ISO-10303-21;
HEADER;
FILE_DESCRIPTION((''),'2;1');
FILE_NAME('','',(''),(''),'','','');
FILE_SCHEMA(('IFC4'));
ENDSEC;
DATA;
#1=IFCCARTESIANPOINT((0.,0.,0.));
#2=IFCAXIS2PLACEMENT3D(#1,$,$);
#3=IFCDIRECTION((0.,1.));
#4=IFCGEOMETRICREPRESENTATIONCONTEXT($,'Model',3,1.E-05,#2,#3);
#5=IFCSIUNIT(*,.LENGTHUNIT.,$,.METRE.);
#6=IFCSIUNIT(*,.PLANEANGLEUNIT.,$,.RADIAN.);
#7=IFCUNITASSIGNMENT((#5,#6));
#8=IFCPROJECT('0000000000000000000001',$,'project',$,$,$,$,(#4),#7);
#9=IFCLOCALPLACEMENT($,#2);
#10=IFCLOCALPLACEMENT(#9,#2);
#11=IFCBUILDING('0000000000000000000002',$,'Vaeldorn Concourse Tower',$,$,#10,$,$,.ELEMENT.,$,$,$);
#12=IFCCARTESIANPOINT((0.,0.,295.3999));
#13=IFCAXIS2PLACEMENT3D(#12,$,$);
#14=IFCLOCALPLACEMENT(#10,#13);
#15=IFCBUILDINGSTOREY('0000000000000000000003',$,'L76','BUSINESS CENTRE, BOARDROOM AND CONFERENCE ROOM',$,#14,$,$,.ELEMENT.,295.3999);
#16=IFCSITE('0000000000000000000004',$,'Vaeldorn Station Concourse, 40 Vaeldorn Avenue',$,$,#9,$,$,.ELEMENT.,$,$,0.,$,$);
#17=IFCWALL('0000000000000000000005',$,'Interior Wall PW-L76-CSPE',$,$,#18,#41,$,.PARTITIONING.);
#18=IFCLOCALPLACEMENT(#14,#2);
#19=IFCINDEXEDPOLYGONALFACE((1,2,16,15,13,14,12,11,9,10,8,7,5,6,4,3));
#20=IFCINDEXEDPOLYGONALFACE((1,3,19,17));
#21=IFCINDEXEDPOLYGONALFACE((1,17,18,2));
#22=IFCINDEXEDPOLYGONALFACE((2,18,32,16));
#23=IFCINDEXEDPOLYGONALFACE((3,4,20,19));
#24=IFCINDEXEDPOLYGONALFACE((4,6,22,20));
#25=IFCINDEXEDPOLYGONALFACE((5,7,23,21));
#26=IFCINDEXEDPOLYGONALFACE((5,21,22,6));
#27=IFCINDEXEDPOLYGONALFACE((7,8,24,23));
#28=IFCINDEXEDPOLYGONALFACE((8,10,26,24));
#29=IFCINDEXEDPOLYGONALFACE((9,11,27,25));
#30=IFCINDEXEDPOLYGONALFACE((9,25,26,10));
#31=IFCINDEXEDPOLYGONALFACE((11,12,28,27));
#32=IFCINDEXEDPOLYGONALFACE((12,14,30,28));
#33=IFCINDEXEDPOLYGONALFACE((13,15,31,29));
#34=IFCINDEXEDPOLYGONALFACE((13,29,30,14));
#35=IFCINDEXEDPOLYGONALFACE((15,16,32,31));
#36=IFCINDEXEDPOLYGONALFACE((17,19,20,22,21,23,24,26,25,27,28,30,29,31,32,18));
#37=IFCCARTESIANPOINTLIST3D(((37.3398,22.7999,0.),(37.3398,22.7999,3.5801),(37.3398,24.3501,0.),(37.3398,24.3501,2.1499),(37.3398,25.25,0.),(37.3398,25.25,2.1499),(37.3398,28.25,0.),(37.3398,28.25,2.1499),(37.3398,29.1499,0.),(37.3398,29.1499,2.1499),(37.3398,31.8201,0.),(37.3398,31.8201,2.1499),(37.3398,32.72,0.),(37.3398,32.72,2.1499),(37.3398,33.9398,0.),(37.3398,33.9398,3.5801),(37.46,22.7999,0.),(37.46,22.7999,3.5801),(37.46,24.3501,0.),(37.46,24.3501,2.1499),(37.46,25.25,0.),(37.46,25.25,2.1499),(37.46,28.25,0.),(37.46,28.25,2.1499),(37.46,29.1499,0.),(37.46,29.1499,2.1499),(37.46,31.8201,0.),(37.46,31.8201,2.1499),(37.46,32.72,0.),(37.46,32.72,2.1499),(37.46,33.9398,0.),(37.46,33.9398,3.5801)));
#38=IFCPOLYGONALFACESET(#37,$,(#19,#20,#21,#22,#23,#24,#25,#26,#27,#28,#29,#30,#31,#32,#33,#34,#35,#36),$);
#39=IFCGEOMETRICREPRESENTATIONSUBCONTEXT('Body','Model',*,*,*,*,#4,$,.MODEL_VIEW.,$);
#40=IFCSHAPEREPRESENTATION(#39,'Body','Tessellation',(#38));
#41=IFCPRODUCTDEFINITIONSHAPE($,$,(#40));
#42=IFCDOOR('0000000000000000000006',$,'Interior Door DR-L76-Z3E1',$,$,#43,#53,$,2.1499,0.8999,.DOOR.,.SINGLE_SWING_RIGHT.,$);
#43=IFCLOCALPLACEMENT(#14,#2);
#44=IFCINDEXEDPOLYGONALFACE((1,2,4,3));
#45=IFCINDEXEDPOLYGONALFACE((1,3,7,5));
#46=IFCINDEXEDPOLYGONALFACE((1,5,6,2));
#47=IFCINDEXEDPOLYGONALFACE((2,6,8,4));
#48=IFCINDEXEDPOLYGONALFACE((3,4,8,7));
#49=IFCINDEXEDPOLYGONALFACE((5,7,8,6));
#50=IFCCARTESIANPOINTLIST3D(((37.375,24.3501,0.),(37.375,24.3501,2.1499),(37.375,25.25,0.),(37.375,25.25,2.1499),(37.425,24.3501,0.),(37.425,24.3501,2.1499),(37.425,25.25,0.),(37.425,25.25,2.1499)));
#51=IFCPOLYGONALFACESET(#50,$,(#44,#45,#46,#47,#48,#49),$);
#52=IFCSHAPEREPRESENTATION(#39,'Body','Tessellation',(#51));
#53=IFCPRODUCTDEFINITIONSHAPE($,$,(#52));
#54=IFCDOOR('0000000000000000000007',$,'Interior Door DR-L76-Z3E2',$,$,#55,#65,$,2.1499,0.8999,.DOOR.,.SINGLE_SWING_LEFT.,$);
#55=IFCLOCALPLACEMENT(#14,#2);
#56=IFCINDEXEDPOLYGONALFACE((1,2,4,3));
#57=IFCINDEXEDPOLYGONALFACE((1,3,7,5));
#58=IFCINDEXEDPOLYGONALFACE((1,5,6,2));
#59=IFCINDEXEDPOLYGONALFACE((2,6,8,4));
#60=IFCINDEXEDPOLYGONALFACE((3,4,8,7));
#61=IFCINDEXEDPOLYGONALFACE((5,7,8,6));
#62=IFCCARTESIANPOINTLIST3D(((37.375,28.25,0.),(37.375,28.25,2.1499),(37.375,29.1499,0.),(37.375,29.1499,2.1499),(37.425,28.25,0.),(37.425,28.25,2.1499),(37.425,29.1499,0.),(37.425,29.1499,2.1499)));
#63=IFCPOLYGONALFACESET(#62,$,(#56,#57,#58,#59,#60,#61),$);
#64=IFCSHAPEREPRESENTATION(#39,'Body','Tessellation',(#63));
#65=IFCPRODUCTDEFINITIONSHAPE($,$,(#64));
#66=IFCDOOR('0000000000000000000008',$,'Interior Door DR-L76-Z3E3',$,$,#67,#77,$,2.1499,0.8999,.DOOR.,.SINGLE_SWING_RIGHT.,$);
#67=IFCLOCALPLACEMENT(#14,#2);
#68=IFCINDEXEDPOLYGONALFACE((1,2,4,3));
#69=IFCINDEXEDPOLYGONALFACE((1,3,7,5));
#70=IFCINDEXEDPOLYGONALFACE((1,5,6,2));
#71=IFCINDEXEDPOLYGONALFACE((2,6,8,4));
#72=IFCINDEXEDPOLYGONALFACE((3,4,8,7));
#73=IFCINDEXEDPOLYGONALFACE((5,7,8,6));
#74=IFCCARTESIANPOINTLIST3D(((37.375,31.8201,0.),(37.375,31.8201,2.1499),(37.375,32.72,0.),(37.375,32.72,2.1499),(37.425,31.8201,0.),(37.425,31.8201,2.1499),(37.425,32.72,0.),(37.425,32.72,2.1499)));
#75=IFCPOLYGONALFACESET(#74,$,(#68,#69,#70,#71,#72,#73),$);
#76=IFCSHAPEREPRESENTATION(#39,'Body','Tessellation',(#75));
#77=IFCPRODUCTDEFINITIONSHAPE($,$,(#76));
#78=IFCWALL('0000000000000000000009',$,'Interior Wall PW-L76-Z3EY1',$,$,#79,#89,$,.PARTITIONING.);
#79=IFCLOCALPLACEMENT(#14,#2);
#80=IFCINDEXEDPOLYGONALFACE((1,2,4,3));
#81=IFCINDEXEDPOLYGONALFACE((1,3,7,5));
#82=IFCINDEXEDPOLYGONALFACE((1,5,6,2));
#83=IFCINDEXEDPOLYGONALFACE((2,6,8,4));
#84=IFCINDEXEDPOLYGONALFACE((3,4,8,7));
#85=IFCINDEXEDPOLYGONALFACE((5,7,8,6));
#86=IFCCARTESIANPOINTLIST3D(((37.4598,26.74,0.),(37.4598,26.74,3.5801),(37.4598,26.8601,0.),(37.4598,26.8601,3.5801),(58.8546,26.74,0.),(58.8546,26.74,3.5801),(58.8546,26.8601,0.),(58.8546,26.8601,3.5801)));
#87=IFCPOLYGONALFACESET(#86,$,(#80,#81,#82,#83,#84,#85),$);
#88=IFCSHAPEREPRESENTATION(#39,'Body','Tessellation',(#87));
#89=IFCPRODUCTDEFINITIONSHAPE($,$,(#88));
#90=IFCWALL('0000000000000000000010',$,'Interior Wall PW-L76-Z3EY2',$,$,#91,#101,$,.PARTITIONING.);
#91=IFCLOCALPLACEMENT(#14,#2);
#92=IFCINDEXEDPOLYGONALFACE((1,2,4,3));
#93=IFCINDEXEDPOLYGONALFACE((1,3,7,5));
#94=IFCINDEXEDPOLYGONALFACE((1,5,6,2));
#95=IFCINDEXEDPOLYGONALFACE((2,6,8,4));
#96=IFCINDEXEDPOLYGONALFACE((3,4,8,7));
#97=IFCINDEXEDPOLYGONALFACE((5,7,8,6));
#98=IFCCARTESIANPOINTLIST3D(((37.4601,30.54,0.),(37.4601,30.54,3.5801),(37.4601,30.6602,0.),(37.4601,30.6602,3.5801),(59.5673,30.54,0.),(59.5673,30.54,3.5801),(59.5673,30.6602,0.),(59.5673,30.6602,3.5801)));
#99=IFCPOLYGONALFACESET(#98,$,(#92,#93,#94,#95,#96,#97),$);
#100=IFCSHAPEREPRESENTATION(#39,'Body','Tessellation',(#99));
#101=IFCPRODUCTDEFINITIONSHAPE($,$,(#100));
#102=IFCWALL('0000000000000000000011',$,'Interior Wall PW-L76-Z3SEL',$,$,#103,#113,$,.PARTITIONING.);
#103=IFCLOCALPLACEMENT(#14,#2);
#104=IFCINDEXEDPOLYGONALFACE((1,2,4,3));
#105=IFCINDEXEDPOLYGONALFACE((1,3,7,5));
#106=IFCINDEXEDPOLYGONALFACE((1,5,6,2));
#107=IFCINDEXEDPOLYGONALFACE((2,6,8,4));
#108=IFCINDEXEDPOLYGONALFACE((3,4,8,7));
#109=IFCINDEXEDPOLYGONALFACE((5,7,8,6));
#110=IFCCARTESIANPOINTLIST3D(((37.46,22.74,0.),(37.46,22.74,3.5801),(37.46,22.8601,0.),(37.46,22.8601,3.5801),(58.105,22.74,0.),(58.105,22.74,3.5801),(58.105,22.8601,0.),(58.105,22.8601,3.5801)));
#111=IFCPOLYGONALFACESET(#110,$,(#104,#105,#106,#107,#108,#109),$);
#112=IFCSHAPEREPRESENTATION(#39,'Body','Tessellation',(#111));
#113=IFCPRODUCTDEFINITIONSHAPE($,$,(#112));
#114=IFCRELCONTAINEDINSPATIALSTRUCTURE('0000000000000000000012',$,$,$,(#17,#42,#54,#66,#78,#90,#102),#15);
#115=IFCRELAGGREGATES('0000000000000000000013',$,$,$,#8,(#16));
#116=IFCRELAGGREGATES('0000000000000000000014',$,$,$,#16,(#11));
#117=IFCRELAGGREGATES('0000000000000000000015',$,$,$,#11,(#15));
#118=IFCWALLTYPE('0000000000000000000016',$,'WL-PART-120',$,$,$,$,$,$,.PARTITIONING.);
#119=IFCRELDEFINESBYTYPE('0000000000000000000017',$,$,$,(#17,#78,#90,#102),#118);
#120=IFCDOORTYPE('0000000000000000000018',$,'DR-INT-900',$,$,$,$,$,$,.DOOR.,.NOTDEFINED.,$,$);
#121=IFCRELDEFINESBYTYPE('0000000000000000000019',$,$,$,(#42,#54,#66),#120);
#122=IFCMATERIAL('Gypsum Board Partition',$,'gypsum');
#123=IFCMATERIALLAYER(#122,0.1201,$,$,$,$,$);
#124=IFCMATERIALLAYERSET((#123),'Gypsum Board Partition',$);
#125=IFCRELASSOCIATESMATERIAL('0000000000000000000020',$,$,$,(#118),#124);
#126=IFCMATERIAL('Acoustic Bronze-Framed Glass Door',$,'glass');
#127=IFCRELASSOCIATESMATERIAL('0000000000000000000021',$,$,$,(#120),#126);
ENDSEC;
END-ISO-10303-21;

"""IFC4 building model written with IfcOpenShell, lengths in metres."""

from ifc_helpers import new_model, si_unit, direction, frame, frame_2d, origin, place, context, subcontext, project, spatial, rectangle, extrude, source, transform, mapped, material, layer, layer_set, type_object, element, fill, save


model = new_model("IFC4")

# Units and contexts
model_context = context("Model", 3, precision=1e-05, world=origin(), true_north=direction((0.0, 1.0)))
body_context = subcontext(model_context, "Body", "Model", "MODEL_VIEW")
ifc_project = project(units=[si_unit("LENGTHUNIT", "METRE"), si_unit("PLANEANGLEUNIT", "RADIAN")], contexts=[model_context])

# Site, building, storey
site_placement = place(None, origin())
site = spatial("IfcSite", under=ifc_project, at=site_placement, Name="Vaeldorn Station Concourse, 40 Vaeldorn Avenue", CompositionType="ELEMENT", RefElevation=0.0)
building_placement = place(site_placement, origin())
building = spatial("IfcBuilding", under=site, at=building_placement, Name="Vaeldorn Concourse Tower", CompositionType="ELEMENT")
storey_placement = place(building_placement, frame((0.0, 0.0, 295.3999)))
storey = spatial("IfcBuildingStorey", under=building, at=storey_placement, Name="L76", Description="BUSINESS CENTRE, BOARDROOM AND CONFERENCE ROOM", CompositionType="ELEMENT", Elevation=295.3999)

# Shared definitions
ifc_material_1 = material(Name="Gypsum Board Partition", Category="gypsum")
ifc_layer_1 = layer(ifc_material_1, 0.1201)
ifc_layer_set_1 = layer_set([ifc_layer_1], Name="Gypsum Board Partition")
wall_type_1 = type_object("IfcWallType", Name="WL-PART-120", PredefinedType="PARTITIONING", material=ifc_layer_set_1)

# Wall, openings, doors
ifc_material_2 = material(Name="Acoustic Bronze-Framed Glass Door", Category="glass")
door_type_1 = type_object("IfcDoorType", Name="DR-INT-900", OperationType="NOTDEFINED", PredefinedType="DOOR", material=ifc_material_2)
shared_shape_1 = source(origin(), body_context, "Body", "SweptSolid", [
    extrude(rectangle(XDim=0.8999, YDim=2.1499, at=frame_2d((0.45, 1.075))), frame((0.0, 0.0249, 0.0), z_axis=(0.0, -1.0, 0.0), x_axis=(1.0, 0.0, 0.0)), (0.0, 0.0, 1.0), 0.05),
])
wall_1_placement = place(storey_placement, frame((37.3999, 22.8, 0.0), z_axis=(0.0, 0.0, 1.0), x_axis=(0.0, 1.0, 0.0)))
wall_1 = element("IfcWall", 1, at=wall_1_placement, inside=storey, type_object=wall_type_1, Name="Interior Wall PW-L76-CSPE", PredefinedType="PARTITIONING", context=body_context, shape_type="SweptSolid", body=[
    extrude(rectangle(XDim=11.1399, YDim=0.1201, at=frame_2d((5.5698, 0.0))), origin(), (0.0, 0.0, 1.0), 3.5801),
])
opening_1_placement = place(wall_1_placement, frame((1.55, 0.0, 0.0)))
opening_1 = element("IfcOpeningElement", 2, at=opening_1_placement, cuts=wall_1, PredefinedType="OPENING", context=body_context, shape_type="SweptSolid", body=[
    extrude(rectangle(XDim=0.8999, YDim=2.1499, at=frame_2d((0.45, 1.075))), frame((0.0, 0.0701, 0.0), z_axis=(0.0, -1.0, 0.0), x_axis=(1.0, 0.0, 0.0)), (0.0, 0.0, 1.0), 0.1401),
])
opening_2_placement = place(wall_1_placement, frame((5.45, 0.0, 0.0)))
opening_2 = element("IfcOpeningElement", 3, at=opening_2_placement, cuts=wall_1, PredefinedType="OPENING", context=body_context, shape_type="SweptSolid", body=[
    extrude(rectangle(XDim=0.8999, YDim=2.1499, at=frame_2d((0.45, 1.075))), frame((0.0, 0.0701, 0.0), z_axis=(0.0, -1.0, 0.0), x_axis=(1.0, 0.0, 0.0)), (0.0, 0.0, 1.0), 0.1401),
])
opening_3_placement = place(wall_1_placement, frame((9.02, 0.0, 0.0)))
opening_3 = element("IfcOpeningElement", 4, at=opening_3_placement, cuts=wall_1, PredefinedType="OPENING", context=body_context, shape_type="SweptSolid", body=[
    extrude(rectangle(XDim=0.8999, YDim=2.1499, at=frame_2d((0.45, 1.075))), frame((0.0, 0.0701, 0.0), z_axis=(0.0, -1.0, 0.0), x_axis=(1.0, 0.0, 0.0)), (0.0, 0.0, 1.0), 0.1401),
])
door_1_placement = place(opening_1_placement, origin())
door_1 = element("IfcDoor", 5, at=door_1_placement, inside=storey, type_object=door_type_1, Name="Interior Door DR-L76-Z3E1", OperationType="SINGLE_SWING_RIGHT", OverallHeight=2.1499, OverallWidth=0.8999, PredefinedType="DOOR", context=body_context, shape_type="MappedRepresentation", body=[
    mapped(shared_shape_1, transform((0.0, 0.0, 0.0), scale=1.0)),
])
fill(opening_1, door_1)
door_2_placement = place(opening_2_placement, origin())
door_2 = element("IfcDoor", 6, at=door_2_placement, inside=storey, type_object=door_type_1, Name="Interior Door DR-L76-Z3E2", OperationType="SINGLE_SWING_LEFT", OverallHeight=2.1499, OverallWidth=0.8999, PredefinedType="DOOR", context=body_context, shape_type="MappedRepresentation", body=[
    mapped(shared_shape_1, transform((0.0, 0.0, 0.0), scale=1.0)),
])
fill(opening_2, door_2)
door_3_placement = place(opening_3_placement, origin())
door_3 = element("IfcDoor", 7, at=door_3_placement, inside=storey, type_object=door_type_1, Name="Interior Door DR-L76-Z3E3", OperationType="SINGLE_SWING_RIGHT", OverallHeight=2.1499, OverallWidth=0.8999, PredefinedType="DOOR", context=body_context, shape_type="MappedRepresentation", body=[
    mapped(shared_shape_1, transform((0.0, 0.0, 0.0), scale=1.0)),
])
fill(opening_3, door_3)

# Walls
wall_2_placement = place(storey_placement, frame((37.46, 26.8, 0.0), z_axis=(0.0, 0.0, 1.0), x_axis=(1.0, 0.0, 0.0)))
element("IfcWall", 8, at=wall_2_placement, inside=storey, type_object=wall_type_1, Name="Interior Wall PW-L76-Z3EY1", PredefinedType="PARTITIONING", context=body_context, shape_type="SweptSolid", body=[
    extrude(rectangle(XDim=21.3948, YDim=0.1201, at=frame_2d((10.6973, 0.0))), origin(), (0.0, 0.0, 1.0), 3.5801),
])
wall_3_placement = place(storey_placement, frame((37.46, 30.6001, 0.0), z_axis=(0.0, 0.0, 1.0), x_axis=(1.0, 0.0, 0.0)))
element("IfcWall", 9, at=wall_3_placement, inside=storey, type_object=wall_type_1, Name="Interior Wall PW-L76-Z3EY2", PredefinedType="PARTITIONING", context=body_context, shape_type="SweptSolid", body=[
    extrude(rectangle(XDim=22.1072, YDim=0.1201, at=frame_2d((11.0537, 0.0))), origin(), (0.0, 0.0, 1.0), 3.5801),
])
wall_4_placement = place(storey_placement, frame((37.46, 22.8, 0.0), z_axis=(0.0, 0.0, 1.0), x_axis=(1.0, 0.0, 0.0)))
element("IfcWall", 10, at=wall_4_placement, inside=storey, type_object=wall_type_1, Name="Interior Wall PW-L76-Z3SEL", PredefinedType="PARTITIONING", context=body_context, shape_type="SweptSolid", body=[
    extrude(rectangle(XDim=20.645, YDim=0.1201, at=frame_2d((10.3225, 0.0))), origin(), (0.0, 0.0, 1.0), 3.5801),
])

save(model, "model.ifc")
